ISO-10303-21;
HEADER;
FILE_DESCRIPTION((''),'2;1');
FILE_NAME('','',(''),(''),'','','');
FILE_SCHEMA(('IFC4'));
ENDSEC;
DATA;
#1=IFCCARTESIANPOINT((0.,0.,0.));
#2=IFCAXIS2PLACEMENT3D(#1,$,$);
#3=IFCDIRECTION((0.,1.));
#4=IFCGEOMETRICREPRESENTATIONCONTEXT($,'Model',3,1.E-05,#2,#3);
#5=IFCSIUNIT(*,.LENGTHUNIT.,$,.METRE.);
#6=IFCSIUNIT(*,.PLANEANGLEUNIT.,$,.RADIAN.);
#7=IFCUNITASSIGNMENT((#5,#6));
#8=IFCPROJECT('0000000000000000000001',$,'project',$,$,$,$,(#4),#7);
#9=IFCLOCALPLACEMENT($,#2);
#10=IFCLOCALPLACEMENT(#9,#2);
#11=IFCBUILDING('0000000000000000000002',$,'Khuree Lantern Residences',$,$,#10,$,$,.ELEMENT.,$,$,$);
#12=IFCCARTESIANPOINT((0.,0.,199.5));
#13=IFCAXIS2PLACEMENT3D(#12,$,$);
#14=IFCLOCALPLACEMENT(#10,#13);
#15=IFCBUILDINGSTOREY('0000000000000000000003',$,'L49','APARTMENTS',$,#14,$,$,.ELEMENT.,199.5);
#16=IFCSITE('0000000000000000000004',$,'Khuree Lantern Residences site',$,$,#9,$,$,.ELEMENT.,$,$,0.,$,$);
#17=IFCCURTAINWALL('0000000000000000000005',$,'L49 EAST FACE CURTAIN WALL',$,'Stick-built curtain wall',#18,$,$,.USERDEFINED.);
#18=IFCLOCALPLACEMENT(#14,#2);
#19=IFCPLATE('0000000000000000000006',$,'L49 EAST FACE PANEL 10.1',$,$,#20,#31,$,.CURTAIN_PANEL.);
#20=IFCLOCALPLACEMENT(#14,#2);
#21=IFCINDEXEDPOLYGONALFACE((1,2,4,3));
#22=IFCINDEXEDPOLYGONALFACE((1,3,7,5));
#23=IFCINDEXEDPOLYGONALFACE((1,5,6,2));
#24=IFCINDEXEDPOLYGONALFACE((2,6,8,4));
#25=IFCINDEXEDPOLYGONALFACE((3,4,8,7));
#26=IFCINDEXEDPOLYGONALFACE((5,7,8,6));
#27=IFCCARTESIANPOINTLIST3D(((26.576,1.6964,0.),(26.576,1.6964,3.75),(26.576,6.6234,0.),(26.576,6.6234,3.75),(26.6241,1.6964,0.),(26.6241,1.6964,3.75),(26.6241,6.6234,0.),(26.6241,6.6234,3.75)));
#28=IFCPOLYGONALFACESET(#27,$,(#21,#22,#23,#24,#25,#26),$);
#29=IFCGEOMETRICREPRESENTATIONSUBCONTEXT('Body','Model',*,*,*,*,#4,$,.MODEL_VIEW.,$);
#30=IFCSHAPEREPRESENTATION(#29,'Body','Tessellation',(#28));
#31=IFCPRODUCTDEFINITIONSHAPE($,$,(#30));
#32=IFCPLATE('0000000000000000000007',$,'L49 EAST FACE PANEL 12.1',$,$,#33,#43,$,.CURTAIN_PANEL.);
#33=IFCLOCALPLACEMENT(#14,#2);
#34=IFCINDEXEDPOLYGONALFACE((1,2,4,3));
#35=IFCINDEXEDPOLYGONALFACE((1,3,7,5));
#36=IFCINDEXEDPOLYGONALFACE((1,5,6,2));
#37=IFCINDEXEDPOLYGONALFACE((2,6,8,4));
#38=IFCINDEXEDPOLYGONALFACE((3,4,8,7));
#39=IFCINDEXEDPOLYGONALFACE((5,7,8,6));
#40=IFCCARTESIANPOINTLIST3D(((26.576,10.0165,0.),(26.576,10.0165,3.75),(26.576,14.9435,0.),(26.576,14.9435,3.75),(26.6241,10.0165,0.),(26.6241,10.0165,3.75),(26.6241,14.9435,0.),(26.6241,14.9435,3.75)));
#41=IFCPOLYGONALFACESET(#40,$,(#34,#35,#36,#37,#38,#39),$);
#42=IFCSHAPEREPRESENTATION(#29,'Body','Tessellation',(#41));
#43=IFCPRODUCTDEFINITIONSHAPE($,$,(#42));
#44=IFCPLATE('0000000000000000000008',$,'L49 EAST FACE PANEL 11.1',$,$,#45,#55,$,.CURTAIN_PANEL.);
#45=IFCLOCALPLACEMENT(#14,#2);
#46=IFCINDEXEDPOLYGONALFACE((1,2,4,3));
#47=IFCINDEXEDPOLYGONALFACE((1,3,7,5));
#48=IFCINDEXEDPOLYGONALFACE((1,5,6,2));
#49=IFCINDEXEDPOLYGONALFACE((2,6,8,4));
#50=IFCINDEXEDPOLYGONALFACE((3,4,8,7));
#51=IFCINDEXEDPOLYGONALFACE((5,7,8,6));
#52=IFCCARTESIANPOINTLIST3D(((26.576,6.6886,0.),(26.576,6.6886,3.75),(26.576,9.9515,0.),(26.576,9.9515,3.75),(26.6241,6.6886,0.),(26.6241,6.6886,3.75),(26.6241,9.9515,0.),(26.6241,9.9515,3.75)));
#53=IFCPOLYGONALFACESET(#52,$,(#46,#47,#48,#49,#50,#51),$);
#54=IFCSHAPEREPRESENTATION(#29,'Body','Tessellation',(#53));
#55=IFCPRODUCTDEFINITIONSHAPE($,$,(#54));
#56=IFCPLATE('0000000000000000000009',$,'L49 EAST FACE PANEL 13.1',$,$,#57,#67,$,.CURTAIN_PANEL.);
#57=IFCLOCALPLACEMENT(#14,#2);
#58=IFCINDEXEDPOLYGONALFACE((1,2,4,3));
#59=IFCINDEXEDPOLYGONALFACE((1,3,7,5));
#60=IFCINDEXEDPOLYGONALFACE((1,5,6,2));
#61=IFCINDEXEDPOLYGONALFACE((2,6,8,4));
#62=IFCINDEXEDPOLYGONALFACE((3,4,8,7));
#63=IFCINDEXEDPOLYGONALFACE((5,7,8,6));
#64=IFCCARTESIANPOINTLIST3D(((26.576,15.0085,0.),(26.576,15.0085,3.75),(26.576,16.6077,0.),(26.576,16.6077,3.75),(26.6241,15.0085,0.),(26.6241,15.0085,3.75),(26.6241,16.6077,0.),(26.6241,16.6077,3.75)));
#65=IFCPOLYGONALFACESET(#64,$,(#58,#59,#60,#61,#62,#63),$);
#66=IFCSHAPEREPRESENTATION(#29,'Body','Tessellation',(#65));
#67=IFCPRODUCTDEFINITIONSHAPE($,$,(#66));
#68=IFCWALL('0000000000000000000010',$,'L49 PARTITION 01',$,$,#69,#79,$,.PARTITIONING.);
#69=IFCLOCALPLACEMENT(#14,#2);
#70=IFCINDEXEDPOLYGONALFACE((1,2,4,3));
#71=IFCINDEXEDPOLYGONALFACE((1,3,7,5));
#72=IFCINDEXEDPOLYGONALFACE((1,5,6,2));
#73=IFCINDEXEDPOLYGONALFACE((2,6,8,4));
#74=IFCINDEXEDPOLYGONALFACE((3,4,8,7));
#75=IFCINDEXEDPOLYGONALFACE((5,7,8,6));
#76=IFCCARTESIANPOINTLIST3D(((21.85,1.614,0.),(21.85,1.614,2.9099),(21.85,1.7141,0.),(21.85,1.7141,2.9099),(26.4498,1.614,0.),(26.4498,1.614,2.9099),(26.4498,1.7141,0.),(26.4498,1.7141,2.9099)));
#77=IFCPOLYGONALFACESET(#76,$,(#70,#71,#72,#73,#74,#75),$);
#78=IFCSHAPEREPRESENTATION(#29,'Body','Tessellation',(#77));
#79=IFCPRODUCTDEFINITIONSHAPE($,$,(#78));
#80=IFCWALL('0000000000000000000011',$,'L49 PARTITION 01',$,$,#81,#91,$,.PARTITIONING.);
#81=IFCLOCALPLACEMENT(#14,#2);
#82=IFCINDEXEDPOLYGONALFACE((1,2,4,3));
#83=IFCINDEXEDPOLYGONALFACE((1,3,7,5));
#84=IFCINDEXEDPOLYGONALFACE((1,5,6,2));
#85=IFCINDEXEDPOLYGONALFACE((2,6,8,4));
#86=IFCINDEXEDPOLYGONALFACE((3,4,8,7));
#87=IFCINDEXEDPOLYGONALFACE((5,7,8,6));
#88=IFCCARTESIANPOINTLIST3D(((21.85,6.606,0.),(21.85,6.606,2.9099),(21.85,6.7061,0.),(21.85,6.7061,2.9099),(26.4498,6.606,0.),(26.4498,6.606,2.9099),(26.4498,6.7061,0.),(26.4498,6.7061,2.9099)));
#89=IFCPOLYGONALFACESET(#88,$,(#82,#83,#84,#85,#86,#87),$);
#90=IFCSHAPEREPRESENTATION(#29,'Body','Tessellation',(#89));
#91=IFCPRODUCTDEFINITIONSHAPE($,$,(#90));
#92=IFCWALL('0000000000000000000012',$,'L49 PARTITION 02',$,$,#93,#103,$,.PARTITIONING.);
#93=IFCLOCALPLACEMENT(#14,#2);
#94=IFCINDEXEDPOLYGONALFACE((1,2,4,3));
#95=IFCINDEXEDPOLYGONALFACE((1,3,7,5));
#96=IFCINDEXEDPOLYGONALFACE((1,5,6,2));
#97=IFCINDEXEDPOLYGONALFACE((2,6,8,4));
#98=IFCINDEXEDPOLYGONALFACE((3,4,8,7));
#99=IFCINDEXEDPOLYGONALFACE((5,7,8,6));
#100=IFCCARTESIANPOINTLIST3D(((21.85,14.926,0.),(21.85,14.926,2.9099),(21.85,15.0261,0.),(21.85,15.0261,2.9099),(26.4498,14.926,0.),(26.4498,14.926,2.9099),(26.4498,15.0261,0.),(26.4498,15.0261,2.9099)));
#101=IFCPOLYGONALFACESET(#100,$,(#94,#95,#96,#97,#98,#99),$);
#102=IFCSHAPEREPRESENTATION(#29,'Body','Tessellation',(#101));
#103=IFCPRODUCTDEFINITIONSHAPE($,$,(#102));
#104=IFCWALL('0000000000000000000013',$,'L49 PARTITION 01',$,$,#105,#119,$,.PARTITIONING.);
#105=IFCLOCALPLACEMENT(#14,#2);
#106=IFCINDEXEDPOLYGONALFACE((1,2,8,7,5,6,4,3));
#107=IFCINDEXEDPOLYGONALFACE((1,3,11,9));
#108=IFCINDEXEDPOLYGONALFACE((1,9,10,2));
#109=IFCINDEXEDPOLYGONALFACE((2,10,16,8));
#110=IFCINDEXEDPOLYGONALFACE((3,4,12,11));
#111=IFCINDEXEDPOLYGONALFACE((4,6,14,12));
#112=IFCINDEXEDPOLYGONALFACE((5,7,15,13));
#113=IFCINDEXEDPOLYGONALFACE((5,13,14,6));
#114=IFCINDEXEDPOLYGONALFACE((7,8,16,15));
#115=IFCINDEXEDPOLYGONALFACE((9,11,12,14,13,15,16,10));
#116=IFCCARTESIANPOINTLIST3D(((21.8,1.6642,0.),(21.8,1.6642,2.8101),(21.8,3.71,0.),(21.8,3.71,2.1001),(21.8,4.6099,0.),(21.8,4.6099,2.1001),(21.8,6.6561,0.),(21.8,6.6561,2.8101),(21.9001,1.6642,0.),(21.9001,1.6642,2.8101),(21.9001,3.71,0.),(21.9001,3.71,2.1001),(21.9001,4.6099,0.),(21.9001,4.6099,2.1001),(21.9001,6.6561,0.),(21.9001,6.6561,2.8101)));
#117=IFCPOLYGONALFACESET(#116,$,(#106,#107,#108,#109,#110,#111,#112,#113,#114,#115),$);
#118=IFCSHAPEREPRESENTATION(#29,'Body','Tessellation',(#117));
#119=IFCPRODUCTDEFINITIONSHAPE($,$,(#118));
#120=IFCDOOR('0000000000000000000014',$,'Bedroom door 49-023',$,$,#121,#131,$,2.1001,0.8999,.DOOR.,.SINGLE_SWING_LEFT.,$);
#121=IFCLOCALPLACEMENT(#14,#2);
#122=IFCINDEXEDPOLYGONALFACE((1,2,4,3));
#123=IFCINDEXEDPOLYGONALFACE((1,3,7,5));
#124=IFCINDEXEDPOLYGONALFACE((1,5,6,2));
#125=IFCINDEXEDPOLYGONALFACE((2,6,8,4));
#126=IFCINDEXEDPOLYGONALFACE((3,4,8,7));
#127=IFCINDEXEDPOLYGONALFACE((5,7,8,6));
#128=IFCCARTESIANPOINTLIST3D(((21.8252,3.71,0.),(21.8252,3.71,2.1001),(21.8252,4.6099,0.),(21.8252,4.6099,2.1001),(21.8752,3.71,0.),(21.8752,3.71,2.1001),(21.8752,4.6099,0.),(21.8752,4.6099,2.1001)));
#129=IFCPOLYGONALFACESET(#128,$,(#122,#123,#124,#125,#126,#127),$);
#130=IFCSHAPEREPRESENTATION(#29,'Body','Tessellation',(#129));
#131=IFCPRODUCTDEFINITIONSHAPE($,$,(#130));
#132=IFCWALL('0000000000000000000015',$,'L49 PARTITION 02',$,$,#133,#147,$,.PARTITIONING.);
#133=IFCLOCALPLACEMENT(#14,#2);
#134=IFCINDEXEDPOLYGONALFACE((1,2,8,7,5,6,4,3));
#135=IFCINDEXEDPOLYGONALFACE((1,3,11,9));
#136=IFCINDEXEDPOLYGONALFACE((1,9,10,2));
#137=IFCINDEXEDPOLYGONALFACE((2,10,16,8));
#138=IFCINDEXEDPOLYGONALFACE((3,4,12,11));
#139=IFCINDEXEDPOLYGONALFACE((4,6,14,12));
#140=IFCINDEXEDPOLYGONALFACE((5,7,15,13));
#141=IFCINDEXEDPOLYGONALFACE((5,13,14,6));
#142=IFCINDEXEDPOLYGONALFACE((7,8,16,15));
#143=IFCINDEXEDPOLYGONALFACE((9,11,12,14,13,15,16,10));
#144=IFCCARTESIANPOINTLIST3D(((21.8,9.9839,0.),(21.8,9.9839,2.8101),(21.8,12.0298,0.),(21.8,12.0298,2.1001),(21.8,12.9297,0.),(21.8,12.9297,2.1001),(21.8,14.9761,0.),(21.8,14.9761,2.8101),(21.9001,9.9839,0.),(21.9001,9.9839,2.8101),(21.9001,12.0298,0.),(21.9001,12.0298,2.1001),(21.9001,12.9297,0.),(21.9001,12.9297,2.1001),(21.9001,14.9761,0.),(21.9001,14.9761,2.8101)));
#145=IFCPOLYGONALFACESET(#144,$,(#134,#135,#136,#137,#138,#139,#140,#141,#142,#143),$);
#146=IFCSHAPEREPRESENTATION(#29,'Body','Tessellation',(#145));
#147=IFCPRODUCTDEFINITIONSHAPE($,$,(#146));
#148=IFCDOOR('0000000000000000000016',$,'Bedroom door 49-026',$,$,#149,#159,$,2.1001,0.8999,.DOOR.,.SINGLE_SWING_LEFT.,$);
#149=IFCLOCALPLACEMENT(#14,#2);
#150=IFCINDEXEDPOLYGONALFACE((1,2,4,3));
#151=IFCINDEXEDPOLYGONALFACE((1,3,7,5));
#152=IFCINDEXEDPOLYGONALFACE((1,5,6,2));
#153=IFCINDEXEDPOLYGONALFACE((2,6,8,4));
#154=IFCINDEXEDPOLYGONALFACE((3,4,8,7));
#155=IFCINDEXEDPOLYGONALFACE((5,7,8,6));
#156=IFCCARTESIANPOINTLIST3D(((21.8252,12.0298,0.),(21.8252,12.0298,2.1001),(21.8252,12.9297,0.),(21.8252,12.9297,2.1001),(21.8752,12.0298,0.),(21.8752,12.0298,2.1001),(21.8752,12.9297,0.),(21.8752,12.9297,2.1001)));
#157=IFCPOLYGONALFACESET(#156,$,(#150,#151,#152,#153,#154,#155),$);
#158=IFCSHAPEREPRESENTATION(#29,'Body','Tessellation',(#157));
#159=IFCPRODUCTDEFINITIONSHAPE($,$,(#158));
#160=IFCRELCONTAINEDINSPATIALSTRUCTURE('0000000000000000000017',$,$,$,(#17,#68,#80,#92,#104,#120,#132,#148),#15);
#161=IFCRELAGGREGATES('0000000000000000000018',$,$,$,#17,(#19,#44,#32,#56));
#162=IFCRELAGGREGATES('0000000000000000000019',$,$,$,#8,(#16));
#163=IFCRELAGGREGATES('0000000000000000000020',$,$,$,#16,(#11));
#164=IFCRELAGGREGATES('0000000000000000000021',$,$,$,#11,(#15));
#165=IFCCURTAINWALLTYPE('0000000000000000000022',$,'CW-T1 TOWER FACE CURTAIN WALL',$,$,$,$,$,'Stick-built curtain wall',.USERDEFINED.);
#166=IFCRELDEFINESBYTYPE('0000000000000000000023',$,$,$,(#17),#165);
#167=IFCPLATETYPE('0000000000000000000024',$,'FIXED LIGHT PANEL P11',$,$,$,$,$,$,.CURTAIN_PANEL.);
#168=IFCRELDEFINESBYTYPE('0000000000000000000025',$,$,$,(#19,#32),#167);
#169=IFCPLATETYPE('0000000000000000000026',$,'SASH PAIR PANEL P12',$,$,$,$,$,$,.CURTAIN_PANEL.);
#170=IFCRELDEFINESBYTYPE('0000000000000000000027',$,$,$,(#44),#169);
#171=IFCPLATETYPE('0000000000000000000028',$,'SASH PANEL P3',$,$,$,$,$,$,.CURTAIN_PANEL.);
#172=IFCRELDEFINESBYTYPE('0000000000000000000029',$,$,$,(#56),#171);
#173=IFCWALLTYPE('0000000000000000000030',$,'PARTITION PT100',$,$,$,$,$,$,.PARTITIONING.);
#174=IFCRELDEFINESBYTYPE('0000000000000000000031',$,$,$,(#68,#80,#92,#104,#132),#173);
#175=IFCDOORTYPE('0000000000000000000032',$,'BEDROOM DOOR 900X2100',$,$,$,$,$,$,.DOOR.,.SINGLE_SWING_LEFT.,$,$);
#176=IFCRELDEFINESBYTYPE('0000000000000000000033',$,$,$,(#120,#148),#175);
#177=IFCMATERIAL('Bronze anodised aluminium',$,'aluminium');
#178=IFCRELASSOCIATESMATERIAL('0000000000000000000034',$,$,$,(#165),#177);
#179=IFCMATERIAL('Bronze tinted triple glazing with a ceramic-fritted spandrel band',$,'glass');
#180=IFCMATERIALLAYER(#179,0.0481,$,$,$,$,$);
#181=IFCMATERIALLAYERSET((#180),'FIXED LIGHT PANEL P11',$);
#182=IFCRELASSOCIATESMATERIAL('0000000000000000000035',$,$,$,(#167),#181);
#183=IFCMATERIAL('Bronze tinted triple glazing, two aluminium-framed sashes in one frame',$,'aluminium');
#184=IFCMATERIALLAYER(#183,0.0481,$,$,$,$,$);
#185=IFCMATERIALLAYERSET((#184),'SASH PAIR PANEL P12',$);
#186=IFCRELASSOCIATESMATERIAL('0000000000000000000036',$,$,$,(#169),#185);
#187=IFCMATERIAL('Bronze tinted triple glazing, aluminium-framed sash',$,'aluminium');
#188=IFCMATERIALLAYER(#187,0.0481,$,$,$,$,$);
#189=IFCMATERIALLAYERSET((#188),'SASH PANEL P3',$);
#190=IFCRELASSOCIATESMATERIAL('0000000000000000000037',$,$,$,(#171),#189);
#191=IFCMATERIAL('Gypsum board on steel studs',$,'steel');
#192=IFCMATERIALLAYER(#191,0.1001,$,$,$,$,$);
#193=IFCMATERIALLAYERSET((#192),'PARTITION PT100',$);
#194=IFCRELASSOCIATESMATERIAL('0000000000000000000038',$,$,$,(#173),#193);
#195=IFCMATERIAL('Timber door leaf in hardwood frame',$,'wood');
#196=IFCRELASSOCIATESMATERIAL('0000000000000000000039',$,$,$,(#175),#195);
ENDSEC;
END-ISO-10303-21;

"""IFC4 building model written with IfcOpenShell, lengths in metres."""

from ifc_helpers import new_model, si_unit, direction, frame, frame_2d, origin, origin_2d, place, context, subcontext, project, spatial, rectangle, extrude, material, layer, layer_set, type_object, element, fill, aggregate, save


model = new_model("IFC4")

# Units and contexts
model_context = context("Model", 3, precision=1e-05, world=origin(), true_north=direction((0.0, 1.0)))
body_context = subcontext(model_context, "Body", "Model", "MODEL_VIEW")
ifc_project = project(units=[si_unit("LENGTHUNIT", "METRE"), si_unit("PLANEANGLEUNIT", "RADIAN")], contexts=[model_context])

# Site, building, storey
site_placement = place(None, origin())
site = spatial("IfcSite", under=ifc_project, at=site_placement, Name="Khuree Lantern Residences site", CompositionType="ELEMENT", RefElevation=0.0)
building_placement = place(site_placement, origin())
building = spatial("IfcBuilding", under=site, at=building_placement, Name="Khuree Lantern Residences", CompositionType="ELEMENT")
storey_placement = place(building_placement, frame((0.0, 0.0, 199.5)))
storey = spatial("IfcBuildingStorey", under=building, at=storey_placement, Name="L49", Description="APARTMENTS", CompositionType="ELEMENT", Elevation=199.5)

# Curtain wall
ifc_material_1 = material(Name="Bronze anodised aluminium", Category="aluminium")
curtain_wall_type = type_object("IfcCurtainWallType", Name="CW-T1 TOWER FACE CURTAIN WALL", ElementType="Stick-built curtain wall", PredefinedType="USERDEFINED", material=ifc_material_1)
curtain_wall_placement = place(storey_placement, origin())
curtain_wall = element("IfcCurtainWall", 1, at=curtain_wall_placement, inside=storey, type_object=curtain_wall_type, Name="L49 EAST FACE CURTAIN WALL", ObjectType="Stick-built curtain wall", PredefinedType="USERDEFINED")

# Plates
ifc_material_2 = material(Name="Bronze tinted triple glazing with a ceramic-fritted spandrel band", Category="glass")
ifc_layer_1 = layer(ifc_material_2, 0.0481)
ifc_layer_set_1 = layer_set([ifc_layer_1], Name="FIXED LIGHT PANEL P11")
plate_type_1 = type_object("IfcPlateType", Name="FIXED LIGHT PANEL P11", PredefinedType="CURTAIN_PANEL", material=ifc_layer_set_1)
plate_1_placement = place(storey_placement, frame((26.6001, 4.1599, 0.0), z_axis=(0.0, 0.0, 1.0), x_axis=(0.0, 1.0, 0.0)))
plate_1 = element("IfcPlate", 2, at=plate_1_placement, type_object=plate_type_1, Name="L49 EAST FACE PANEL 10.1", PredefinedType="CURTAIN_PANEL", context=body_context, shape_type="SweptSolid", body=[
    extrude(rectangle(XDim=4.927, YDim=0.0481, at=origin_2d()), origin(), (0.0, 0.0, 1.0), 3.75),
])
plate_2_placement = place(storey_placement, frame((26.6001, 12.48, 0.0), z_axis=(0.0, 0.0, 1.0), x_axis=(0.0, 1.0, 0.0)))
plate_2 = element("IfcPlate", 3, at=plate_2_placement, type_object=plate_type_1, Name="L49 EAST FACE PANEL 12.1", PredefinedType="CURTAIN_PANEL", context=body_context, shape_type="SweptSolid", body=[
    extrude(rectangle(XDim=4.927, YDim=0.0481, at=origin_2d()), origin(), (0.0, 0.0, 1.0), 3.75),
])
ifc_material_3 = material(Name="Bronze tinted triple glazing, two aluminium-framed sashes in one frame", Category="aluminium")
ifc_layer_2 = layer(ifc_material_3, 0.0481)
ifc_layer_set_2 = layer_set([ifc_layer_2], Name="SASH PAIR PANEL P12")
plate_type_2 = type_object("IfcPlateType", Name="SASH PAIR PANEL P12", PredefinedType="CURTAIN_PANEL", material=ifc_layer_set_2)
plate_3_placement = place(storey_placement, frame((26.6001, 8.3201, 0.0), z_axis=(0.0, 0.0, 1.0), x_axis=(0.0, 1.0, 0.0)))
plate_3 = element("IfcPlate", 4, at=plate_3_placement, type_object=plate_type_2, Name="L49 EAST FACE PANEL 11.1", PredefinedType="CURTAIN_PANEL", context=body_context, shape_type="SweptSolid", body=[
    extrude(rectangle(XDim=3.2629, YDim=0.0481, at=origin_2d()), origin(), (0.0, 0.0, 1.0), 3.75),
])
ifc_material_4 = material(Name="Bronze tinted triple glazing, aluminium-framed sash", Category="aluminium")
ifc_layer_3 = layer(ifc_material_4, 0.0481)
ifc_layer_set_3 = layer_set([ifc_layer_3], Name="SASH PANEL P3")
plate_type_3 = type_object("IfcPlateType", Name="SASH PANEL P3", PredefinedType="CURTAIN_PANEL", material=ifc_layer_set_3)
plate_4_placement = place(storey_placement, frame((26.6001, 15.8081, 0.0), z_axis=(0.0, 0.0, 1.0), x_axis=(0.0, 1.0, 0.0)))
plate_4 = element("IfcPlate", 5, at=plate_4_placement, type_object=plate_type_3, Name="L49 EAST FACE PANEL 13.1", PredefinedType="CURTAIN_PANEL", context=body_context, shape_type="SweptSolid", body=[
    extrude(rectangle(XDim=1.5991, YDim=0.0481, at=origin_2d()), origin(), (0.0, 0.0, 1.0), 3.75),
])
aggregate(curtain_wall, [plate_1, plate_3, plate_2, plate_4])

# Walls
ifc_material_5 = material(Name="Gypsum board on steel studs", Category="steel")
ifc_layer_4 = layer(ifc_material_5, 0.1001)
ifc_layer_set_4 = layer_set([ifc_layer_4], Name="PARTITION PT100")
wall_type = type_object("IfcWallType", Name="PARTITION PT100", PredefinedType="PARTITIONING", material=ifc_layer_set_4)
for number, where, z_axis, x_axis, name in (
    (6, (21.8501, 1.6641, 0.0), (0.0, 0.0, 1.0), (1.0, 0.0, 0.0), "L49 PARTITION 01"),
    (7, (21.8501, 6.656, 0.0), (0.0, 0.0, 1.0), (1.0, 0.0, 0.0), "L49 PARTITION 01"),
    (8, (21.8501, 14.9761, 0.0), (0.0, 0.0, 1.0), (1.0, 0.0, 0.0), "L49 PARTITION 02"),
):
    element("IfcWall", number, at=place(storey_placement, frame(where, z_axis=z_axis, x_axis=x_axis)), inside=storey, type_object=wall_type, Name=name, PredefinedType="PARTITIONING", context=body_context, shape_type="SweptSolid", body=[
        extrude(rectangle(XDim=4.5999, YDim=0.1001, at=frame_2d((2.2998, 0.0))), origin(), (0.0, 0.0, 1.0), 2.9099),
    ])

# Walls, openings, doors
wall_1_placement = place(storey_placement, frame((21.8501, 1.6641, 0.0), z_axis=(0.0, 0.0, 1.0), x_axis=(0.0, 1.0, 0.0)))
wall_1 = element("IfcWall", 9, at=wall_1_placement, inside=storey, type_object=wall_type, Name="L49 PARTITION 01", PredefinedType="PARTITIONING", context=body_context, shape_type="SweptSolid", body=[
    extrude(rectangle(XDim=4.9919, YDim=0.1001, at=frame_2d((2.4961, 0.0))), origin(), (0.0, 0.0, 1.0), 2.8101),
])
opening_1_placement = place(wall_1_placement, frame((2.0459, 0.0, 0.0)))
opening_1 = element("IfcOpeningElement", 10, at=opening_1_placement, cuts=wall_1, PredefinedType="OPENING", context=body_context, shape_type="SweptSolid", body=[
    extrude(rectangle(XDim=0.8999, YDim=2.1001, at=frame_2d((0.45, 1.05))), frame((0.0, 0.0601, 0.0), z_axis=(0.0, -1.0, 0.0), x_axis=(1.0, 0.0, 0.0)), (0.0, 0.0, 1.0), 0.1201),
])
ifc_material_6 = material(Name="Timber door leaf in hardwood frame", Category="wood")
door_type = type_object("IfcDoorType", Name="BEDROOM DOOR 900X2100", OperationType="SINGLE_SWING_LEFT", PredefinedType="DOOR", material=ifc_material_6)
door_1_placement = place(opening_1_placement, origin())
door_1 = element("IfcDoor", 11, at=door_1_placement, inside=storey, type_object=door_type, Name="Bedroom door 49-023", OperationType="SINGLE_SWING_LEFT", OverallHeight=2.1001, OverallWidth=0.8999, PredefinedType="DOOR", context=body_context, shape_type="SweptSolid", body=[
    extrude(rectangle(XDim=0.8999, YDim=2.1001, at=frame_2d((0.45, 1.05))), frame((0.0, 0.0249, 0.0), z_axis=(0.0, -1.0, 0.0), x_axis=(1.0, 0.0, 0.0)), (0.0, 0.0, 1.0), 0.05),
])
fill(opening_1, door_1)
wall_2_placement = place(storey_placement, frame((21.8501, 9.9839, 0.0), z_axis=(0.0, 0.0, 1.0), x_axis=(0.0, 1.0, 0.0)))
wall_2 = element("IfcWall", 12, at=wall_2_placement, inside=storey, type_object=wall_type, Name="L49 PARTITION 02", PredefinedType="PARTITIONING", context=body_context, shape_type="SweptSolid", body=[
    extrude(rectangle(XDim=4.9922, YDim=0.1001, at=frame_2d((2.4961, 0.0))), origin(), (0.0, 0.0, 1.0), 2.8101),
])
opening_2_placement = place(wall_2_placement, frame((2.0459, 0.0, 0.0)))
opening_2 = element("IfcOpeningElement", 13, at=opening_2_placement, cuts=wall_2, PredefinedType="OPENING", context=body_context, shape_type="SweptSolid", body=[
    extrude(rectangle(XDim=0.8999, YDim=2.1001, at=frame_2d((0.45, 1.05))), frame((0.0, 0.0601, 0.0), z_axis=(0.0, -1.0, 0.0), x_axis=(1.0, 0.0, 0.0)), (0.0, 0.0, 1.0), 0.1201),
])
door_2_placement = place(opening_2_placement, origin())
door_2 = element("IfcDoor", 14, at=door_2_placement, inside=storey, type_object=door_type, Name="Bedroom door 49-026", OperationType="SINGLE_SWING_LEFT", OverallHeight=2.1001, OverallWidth=0.8999, PredefinedType="DOOR", context=body_context, shape_type="SweptSolid", body=[
    extrude(rectangle(XDim=0.8999, YDim=2.1001, at=frame_2d((0.45, 1.05))), frame((0.0, 0.0249, 0.0), z_axis=(0.0, -1.0, 0.0), x_axis=(1.0, 0.0, 0.0)), (0.0, 0.0, 1.0), 0.05),
])
fill(opening_2, door_2)

save(model, "model.ifc")
